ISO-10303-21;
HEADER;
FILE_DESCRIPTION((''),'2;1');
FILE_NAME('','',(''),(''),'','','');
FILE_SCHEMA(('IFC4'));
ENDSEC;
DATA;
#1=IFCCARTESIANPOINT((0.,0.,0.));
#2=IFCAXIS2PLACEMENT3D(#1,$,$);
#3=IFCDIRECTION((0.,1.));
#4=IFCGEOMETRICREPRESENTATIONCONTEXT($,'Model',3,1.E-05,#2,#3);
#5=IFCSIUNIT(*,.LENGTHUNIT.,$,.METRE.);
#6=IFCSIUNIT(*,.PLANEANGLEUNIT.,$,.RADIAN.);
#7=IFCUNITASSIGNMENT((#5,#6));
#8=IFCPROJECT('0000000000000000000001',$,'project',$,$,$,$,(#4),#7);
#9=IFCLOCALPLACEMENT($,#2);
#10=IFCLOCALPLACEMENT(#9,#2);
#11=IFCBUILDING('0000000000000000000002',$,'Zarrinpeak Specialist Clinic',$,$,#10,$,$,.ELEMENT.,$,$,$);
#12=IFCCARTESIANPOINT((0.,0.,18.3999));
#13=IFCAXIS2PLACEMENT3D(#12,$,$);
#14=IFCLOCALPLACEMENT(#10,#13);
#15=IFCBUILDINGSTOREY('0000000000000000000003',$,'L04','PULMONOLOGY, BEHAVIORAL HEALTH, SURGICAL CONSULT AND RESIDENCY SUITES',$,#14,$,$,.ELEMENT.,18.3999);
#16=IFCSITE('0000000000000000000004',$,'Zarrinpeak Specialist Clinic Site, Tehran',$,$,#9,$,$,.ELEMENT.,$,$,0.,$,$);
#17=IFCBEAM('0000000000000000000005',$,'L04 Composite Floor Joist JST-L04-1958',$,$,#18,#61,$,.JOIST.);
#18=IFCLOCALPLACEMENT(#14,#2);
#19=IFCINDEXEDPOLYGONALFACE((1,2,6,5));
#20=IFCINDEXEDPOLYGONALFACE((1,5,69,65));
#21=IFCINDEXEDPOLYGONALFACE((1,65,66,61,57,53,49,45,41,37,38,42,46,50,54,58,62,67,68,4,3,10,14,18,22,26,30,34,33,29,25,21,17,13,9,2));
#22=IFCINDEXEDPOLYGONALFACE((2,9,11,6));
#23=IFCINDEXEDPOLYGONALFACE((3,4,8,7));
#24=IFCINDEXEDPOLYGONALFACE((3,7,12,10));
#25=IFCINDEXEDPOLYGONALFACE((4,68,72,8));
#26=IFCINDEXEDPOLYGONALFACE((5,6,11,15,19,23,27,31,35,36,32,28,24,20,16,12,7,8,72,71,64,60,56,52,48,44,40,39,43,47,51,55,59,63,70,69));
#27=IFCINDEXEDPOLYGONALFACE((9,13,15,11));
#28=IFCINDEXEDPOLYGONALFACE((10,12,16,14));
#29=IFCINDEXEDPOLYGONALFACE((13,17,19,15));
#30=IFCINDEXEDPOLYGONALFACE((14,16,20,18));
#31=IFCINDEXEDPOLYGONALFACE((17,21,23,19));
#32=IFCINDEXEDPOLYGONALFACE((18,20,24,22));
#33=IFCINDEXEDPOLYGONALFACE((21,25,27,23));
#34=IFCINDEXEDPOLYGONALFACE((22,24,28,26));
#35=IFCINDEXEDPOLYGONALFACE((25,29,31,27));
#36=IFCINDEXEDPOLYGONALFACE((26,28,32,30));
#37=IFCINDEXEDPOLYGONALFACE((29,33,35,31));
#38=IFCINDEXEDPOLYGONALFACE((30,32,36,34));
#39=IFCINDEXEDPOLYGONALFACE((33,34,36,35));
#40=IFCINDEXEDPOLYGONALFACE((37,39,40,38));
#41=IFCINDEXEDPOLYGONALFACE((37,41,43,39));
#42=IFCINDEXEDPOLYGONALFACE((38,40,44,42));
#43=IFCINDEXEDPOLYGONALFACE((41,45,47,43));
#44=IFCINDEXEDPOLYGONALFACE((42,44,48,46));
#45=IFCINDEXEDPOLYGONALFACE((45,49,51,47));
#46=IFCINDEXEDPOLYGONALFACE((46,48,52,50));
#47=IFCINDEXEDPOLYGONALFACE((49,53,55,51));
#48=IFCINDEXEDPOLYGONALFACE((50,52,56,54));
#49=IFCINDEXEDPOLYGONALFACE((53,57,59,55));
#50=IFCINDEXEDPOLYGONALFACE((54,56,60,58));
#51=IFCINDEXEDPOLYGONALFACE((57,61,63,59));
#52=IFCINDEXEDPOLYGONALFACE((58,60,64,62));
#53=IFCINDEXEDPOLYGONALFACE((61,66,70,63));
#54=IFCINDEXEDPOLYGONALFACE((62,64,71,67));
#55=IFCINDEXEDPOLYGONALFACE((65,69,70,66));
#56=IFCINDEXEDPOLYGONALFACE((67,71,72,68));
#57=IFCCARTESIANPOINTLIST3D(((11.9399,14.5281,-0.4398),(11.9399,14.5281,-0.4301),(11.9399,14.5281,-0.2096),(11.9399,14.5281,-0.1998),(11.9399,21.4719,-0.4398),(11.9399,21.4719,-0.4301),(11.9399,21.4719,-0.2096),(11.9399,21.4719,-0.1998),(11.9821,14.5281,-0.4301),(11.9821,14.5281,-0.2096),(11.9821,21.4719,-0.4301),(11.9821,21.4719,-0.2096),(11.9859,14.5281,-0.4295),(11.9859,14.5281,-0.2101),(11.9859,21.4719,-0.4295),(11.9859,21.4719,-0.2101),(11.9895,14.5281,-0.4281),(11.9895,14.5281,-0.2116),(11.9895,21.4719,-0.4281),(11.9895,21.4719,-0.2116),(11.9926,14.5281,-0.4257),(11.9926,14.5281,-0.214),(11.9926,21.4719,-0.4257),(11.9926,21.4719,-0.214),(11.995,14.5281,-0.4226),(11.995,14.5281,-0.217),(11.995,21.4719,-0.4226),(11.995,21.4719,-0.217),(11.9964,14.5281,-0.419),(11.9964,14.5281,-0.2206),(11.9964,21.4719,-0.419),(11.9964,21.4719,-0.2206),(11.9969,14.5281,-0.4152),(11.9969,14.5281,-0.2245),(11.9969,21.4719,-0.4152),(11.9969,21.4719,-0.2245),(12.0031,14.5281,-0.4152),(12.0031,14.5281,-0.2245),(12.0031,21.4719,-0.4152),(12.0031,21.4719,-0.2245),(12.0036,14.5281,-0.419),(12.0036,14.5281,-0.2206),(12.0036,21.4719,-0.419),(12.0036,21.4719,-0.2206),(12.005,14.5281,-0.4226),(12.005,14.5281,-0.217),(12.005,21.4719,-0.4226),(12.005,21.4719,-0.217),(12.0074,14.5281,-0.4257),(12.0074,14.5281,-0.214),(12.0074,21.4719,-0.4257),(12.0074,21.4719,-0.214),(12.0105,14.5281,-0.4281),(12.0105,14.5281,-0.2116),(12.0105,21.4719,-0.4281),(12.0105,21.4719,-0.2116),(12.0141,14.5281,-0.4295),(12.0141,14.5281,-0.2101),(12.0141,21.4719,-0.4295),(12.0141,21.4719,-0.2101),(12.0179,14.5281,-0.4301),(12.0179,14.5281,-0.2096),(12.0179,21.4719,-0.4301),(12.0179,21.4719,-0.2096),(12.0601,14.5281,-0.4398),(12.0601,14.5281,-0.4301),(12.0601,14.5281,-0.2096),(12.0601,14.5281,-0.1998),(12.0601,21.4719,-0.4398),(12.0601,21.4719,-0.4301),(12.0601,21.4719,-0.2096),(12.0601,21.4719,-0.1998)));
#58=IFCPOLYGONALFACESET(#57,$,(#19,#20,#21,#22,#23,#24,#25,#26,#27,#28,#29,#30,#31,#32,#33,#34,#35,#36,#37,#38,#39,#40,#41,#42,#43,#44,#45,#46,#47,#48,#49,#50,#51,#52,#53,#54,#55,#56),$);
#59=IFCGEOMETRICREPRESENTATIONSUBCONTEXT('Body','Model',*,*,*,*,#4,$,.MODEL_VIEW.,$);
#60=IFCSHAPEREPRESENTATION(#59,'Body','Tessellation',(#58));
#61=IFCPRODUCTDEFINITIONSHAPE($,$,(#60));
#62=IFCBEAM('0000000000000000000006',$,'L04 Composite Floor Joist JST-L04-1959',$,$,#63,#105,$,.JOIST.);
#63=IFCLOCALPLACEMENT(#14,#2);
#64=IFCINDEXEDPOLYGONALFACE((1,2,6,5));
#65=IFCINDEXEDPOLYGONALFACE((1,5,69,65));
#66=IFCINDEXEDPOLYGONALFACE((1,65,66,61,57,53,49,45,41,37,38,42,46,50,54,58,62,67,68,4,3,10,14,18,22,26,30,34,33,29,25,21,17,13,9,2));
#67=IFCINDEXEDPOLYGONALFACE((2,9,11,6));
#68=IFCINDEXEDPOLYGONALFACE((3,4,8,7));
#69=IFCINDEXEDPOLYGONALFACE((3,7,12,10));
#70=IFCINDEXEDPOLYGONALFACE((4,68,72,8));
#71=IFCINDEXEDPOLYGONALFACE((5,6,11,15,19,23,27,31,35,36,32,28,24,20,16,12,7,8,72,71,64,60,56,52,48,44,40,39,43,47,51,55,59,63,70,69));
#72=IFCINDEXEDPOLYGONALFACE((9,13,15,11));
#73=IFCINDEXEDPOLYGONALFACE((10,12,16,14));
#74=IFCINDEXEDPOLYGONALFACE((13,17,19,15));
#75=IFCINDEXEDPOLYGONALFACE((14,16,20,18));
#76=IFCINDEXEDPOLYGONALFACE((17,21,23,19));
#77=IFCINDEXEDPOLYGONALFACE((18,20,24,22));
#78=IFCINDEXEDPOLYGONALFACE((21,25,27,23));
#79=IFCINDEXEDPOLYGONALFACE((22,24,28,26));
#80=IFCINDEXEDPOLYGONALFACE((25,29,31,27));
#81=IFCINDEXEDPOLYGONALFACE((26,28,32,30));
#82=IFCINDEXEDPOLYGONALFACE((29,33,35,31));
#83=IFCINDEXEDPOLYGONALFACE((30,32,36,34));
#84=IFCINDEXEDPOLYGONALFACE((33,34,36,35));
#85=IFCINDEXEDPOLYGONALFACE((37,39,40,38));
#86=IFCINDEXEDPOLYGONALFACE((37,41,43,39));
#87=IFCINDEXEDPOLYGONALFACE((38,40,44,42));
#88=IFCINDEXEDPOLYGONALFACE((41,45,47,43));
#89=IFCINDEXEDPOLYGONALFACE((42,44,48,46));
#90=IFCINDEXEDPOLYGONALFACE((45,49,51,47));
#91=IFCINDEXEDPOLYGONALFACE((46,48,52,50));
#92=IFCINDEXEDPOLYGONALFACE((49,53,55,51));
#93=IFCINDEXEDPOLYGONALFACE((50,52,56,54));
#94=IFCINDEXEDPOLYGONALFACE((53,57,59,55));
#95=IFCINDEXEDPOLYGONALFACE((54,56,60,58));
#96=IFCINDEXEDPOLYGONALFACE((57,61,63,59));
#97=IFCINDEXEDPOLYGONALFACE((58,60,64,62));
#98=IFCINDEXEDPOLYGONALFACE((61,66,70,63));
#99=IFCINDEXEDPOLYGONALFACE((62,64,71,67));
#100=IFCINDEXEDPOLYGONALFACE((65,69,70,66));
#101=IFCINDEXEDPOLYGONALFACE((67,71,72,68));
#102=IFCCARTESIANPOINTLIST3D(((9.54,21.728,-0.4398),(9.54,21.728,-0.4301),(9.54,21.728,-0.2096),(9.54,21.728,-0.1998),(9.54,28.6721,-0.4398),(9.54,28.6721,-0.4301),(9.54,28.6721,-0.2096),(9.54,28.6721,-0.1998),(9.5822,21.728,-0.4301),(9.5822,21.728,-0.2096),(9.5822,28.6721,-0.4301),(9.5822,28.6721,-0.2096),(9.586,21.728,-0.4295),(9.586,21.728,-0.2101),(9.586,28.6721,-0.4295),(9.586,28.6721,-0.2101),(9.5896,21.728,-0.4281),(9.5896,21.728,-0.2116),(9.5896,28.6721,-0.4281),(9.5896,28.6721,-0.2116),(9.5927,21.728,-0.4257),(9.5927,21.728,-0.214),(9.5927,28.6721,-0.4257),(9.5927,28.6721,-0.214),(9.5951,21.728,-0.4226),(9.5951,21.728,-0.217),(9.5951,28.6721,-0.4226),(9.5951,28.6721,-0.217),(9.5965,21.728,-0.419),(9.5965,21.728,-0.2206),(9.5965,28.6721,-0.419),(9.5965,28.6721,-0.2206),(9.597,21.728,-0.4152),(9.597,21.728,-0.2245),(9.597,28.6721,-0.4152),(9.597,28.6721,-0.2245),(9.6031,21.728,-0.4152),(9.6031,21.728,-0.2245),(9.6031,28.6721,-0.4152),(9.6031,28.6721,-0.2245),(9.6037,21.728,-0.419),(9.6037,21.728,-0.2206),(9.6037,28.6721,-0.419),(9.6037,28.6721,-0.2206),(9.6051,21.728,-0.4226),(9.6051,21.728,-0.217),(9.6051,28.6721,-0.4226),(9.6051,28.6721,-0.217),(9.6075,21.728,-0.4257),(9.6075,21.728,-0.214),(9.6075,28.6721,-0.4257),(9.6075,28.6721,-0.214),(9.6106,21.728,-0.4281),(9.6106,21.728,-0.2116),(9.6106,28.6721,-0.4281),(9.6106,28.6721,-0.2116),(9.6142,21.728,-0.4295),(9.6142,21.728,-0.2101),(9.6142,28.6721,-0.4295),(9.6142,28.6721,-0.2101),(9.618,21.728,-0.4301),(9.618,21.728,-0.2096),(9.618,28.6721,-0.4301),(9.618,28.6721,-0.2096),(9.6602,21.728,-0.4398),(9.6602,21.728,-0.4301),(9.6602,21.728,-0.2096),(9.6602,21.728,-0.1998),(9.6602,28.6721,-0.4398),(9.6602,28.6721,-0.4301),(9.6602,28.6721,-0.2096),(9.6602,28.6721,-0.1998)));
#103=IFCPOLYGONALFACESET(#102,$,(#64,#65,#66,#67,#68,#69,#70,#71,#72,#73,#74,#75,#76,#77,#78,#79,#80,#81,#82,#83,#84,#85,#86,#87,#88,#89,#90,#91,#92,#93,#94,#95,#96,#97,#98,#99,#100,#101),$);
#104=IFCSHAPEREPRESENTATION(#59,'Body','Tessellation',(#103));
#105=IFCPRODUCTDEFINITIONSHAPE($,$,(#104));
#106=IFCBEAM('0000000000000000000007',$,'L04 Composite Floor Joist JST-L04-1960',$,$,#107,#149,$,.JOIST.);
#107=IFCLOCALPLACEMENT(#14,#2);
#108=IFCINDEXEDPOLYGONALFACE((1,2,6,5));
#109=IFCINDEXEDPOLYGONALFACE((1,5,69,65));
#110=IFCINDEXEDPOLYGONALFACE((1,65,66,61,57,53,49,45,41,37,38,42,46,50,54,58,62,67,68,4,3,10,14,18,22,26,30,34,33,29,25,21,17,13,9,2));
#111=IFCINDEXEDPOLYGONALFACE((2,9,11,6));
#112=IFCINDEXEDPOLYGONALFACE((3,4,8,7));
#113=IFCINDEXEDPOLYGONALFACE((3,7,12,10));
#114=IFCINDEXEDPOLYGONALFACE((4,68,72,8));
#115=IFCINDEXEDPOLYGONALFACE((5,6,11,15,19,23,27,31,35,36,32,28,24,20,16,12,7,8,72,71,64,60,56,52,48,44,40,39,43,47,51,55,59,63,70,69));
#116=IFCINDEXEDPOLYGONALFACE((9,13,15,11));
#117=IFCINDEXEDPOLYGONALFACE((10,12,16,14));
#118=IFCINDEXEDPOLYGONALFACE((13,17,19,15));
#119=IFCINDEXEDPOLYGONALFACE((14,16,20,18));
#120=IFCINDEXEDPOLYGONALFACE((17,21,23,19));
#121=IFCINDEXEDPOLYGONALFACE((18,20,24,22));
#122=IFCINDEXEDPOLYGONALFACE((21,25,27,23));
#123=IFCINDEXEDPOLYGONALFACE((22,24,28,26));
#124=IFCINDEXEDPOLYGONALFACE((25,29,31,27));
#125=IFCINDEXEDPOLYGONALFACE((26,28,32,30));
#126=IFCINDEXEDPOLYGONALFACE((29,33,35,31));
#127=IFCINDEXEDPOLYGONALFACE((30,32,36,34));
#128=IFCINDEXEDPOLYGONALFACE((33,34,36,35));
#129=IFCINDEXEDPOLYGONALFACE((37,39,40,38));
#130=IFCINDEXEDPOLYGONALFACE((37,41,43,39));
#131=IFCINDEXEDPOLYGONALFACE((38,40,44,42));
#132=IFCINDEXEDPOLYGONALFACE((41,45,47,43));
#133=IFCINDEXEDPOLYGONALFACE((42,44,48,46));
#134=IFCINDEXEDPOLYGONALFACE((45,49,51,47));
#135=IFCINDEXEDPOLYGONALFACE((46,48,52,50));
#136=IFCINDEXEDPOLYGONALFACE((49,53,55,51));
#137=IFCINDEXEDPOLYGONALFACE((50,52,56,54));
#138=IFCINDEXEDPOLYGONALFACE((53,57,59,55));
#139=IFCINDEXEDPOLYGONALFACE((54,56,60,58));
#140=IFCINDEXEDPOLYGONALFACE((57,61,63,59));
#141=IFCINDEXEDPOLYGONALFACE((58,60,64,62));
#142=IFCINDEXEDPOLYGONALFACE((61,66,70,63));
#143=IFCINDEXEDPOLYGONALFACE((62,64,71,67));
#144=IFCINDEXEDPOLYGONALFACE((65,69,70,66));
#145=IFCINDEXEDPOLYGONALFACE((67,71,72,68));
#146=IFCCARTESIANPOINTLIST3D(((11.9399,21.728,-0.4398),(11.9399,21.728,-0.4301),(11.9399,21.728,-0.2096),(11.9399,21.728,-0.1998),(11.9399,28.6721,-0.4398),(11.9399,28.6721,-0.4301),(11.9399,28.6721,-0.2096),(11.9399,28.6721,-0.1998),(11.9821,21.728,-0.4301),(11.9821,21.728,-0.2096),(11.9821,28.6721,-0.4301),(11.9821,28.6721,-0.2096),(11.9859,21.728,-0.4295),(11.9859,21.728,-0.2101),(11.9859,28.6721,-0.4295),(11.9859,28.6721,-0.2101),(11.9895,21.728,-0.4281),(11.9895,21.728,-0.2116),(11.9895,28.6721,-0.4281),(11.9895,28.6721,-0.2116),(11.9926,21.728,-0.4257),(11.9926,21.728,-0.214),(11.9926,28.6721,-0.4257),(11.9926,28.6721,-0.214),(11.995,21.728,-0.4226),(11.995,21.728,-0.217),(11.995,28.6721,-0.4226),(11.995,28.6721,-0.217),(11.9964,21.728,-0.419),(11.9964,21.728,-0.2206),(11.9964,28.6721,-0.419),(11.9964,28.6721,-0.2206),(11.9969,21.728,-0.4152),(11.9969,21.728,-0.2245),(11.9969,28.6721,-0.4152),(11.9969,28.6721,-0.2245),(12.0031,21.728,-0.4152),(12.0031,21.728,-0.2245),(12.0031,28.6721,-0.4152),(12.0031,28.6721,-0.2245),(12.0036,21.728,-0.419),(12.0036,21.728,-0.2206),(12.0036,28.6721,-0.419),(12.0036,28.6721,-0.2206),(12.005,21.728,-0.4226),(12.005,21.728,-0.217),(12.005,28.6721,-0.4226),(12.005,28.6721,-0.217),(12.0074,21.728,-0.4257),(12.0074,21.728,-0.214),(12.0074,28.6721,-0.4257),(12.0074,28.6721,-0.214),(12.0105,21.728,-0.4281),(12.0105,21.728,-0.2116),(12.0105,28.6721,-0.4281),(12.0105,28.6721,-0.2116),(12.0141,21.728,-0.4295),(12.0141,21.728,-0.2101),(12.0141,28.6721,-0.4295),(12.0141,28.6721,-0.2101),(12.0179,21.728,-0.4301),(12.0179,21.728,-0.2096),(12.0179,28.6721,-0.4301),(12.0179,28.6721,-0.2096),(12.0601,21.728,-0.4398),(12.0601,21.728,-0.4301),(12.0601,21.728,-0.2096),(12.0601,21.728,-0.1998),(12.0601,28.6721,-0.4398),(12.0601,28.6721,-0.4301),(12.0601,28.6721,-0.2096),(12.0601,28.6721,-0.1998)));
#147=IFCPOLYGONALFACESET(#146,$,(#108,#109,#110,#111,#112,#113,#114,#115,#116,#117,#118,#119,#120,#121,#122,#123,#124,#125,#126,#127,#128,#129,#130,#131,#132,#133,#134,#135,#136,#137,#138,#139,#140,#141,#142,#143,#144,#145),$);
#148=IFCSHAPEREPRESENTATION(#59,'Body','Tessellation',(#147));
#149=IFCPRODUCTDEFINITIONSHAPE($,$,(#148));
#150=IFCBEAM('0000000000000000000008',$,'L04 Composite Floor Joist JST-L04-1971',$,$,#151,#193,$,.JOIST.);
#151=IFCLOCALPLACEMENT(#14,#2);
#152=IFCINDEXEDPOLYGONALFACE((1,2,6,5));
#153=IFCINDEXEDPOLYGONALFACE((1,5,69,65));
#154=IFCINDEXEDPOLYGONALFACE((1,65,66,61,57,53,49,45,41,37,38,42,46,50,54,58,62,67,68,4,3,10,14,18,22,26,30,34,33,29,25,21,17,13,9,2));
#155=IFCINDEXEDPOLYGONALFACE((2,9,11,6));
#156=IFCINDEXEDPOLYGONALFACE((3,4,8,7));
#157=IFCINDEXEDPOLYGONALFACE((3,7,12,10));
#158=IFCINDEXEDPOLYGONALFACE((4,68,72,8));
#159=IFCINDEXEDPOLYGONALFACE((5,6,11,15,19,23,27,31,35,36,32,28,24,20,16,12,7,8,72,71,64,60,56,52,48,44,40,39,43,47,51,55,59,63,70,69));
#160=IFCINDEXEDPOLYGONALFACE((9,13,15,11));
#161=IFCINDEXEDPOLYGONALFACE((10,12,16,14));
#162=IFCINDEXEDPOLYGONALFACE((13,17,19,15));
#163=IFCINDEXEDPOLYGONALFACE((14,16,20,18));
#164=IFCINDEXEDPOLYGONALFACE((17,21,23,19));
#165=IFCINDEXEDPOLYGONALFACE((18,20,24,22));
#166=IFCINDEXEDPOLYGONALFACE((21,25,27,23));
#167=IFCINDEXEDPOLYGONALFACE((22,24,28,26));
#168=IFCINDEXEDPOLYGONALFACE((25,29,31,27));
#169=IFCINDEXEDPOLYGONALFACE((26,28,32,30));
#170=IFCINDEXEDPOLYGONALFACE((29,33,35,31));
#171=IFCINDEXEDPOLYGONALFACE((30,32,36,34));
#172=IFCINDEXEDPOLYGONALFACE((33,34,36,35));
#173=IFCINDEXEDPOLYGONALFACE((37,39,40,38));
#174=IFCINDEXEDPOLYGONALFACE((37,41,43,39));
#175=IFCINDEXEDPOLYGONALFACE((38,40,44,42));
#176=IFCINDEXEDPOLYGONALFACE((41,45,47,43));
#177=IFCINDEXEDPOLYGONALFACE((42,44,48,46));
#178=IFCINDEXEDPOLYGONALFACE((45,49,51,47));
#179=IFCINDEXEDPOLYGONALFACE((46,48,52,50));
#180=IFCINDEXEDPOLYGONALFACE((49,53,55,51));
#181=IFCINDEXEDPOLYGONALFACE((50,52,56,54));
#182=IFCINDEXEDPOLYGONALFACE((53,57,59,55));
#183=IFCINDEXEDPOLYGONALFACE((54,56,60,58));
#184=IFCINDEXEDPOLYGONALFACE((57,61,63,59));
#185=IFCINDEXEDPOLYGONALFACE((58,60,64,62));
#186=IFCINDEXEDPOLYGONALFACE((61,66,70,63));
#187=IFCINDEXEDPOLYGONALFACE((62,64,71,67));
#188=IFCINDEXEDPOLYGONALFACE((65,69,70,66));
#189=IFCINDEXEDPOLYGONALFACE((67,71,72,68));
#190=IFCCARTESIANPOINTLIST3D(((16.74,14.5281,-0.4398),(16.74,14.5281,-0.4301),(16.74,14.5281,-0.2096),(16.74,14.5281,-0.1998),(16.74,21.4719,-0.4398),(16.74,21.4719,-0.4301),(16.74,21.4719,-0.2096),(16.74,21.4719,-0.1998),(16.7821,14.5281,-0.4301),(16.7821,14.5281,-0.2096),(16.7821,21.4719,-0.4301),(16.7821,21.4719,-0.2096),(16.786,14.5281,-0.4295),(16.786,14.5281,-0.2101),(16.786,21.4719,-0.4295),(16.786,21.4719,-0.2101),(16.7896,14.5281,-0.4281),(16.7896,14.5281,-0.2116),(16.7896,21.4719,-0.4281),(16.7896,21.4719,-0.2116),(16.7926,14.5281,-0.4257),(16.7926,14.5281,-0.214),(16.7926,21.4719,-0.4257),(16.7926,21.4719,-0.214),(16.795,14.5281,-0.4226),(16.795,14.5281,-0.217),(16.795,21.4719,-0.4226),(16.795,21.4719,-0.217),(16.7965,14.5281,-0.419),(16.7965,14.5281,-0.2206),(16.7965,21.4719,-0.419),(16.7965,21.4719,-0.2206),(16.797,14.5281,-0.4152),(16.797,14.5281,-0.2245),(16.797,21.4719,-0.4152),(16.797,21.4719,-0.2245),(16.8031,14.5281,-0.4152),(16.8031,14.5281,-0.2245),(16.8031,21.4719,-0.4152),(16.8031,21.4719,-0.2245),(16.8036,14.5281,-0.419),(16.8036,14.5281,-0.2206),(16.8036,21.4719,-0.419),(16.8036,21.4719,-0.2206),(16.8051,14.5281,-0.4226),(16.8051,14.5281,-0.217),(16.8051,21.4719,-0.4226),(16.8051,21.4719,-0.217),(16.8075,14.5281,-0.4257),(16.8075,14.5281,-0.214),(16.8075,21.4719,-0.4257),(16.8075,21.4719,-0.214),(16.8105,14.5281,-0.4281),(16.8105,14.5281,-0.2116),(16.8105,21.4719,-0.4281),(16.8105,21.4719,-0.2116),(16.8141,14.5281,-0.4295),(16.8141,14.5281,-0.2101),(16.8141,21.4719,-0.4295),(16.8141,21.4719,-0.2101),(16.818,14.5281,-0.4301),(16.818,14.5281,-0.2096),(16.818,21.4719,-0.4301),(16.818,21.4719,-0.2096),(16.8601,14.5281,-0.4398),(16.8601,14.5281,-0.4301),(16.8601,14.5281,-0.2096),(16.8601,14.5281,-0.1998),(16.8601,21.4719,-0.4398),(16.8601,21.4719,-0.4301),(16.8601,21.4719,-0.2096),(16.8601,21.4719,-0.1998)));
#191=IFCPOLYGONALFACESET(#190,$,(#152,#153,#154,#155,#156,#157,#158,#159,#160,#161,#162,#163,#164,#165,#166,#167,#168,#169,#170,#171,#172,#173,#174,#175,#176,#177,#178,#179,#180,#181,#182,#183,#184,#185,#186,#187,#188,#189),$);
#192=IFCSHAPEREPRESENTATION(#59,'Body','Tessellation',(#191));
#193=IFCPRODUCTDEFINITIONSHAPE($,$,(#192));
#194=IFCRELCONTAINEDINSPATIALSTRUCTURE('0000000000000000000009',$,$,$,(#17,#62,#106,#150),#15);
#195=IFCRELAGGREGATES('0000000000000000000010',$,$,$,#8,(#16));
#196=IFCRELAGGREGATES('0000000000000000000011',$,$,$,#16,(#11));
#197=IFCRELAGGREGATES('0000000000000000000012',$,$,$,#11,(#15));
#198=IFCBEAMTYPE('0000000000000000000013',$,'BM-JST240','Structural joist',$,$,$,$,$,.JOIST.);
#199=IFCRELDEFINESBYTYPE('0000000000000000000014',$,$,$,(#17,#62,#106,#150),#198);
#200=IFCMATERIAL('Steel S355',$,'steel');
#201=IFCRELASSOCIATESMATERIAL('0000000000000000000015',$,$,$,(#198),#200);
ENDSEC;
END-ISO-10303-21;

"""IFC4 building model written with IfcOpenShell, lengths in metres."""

from ifc_helpers import new_model, si_unit, direction, frame, origin, origin_2d, place, context, subcontext, project, spatial, i_section, extrude, material, material_profile, profile_set, type_object, element, save


model = new_model("IFC4")

# Units and contexts
model_context = context("Model", 3, precision=1e-05, world=origin(), true_north=direction((0.0, 1.0)))
body_context = subcontext(model_context, "Body", "Model", "MODEL_VIEW")
ifc_project = project(units=[si_unit("LENGTHUNIT", "METRE"), si_unit("PLANEANGLEUNIT", "RADIAN")], contexts=[model_context])

# Site, building, storey
site_placement = place(None, origin())
site = spatial("IfcSite", under=ifc_project, at=site_placement, Name="Zarrinpeak Specialist Clinic Site, Tehran", CompositionType="ELEMENT", RefElevation=0.0)
building_placement = place(site_placement, origin())
building = spatial("IfcBuilding", under=site, at=building_placement, Name="Zarrinpeak Specialist Clinic", CompositionType="ELEMENT")
storey_placement = place(building_placement, frame((0.0, 0.0, 18.3999)))
storey = spatial("IfcBuildingStorey", under=building, at=storey_placement, Name="L04", Description="PULMONOLOGY, BEHAVIORAL HEALTH, SURGICAL CONSULT AND RESIDENCY SUITES", CompositionType="ELEMENT", Elevation=18.3999)

# Shared definitions
ifc_material_1 = material(Name="Steel S355", Category="steel")

# Beams
ifc_material_profile_1 = material_profile(ifc_material_1, i_section(OverallWidth=0.1201, OverallDepth=0.24, WebThickness=0.0061, FlangeThickness=0.0098, FilletRadius=0.0149, at=origin_2d()), Name="IPE 240")
ifc_profile_set_1 = profile_set([ifc_material_profile_1], Name="Steel S355")
beam_type_1 = type_object("IfcBeamType", Name="BM-JST240", Description="Structural joist", PredefinedType="JOIST", material=ifc_profile_set_1)
for number, where, z_axis, x_axis, name in (
    (1, (12.0, 14.5281, -0.3198), (0.0, 1.0, 0.0), (-1.0, 0.0, 0.0), "L04 Composite Floor Joist JST-L04-1958"),
):
    element("IfcBeam", number, at=place(storey_placement, frame(where, z_axis=z_axis, x_axis=x_axis)), inside=storey, type_object=beam_type_1, Name=name, PredefinedType="JOIST", context=body_context, shape_type="SweptSolid", body=[
        extrude(i_section(OverallWidth=0.1201, OverallDepth=0.24, WebThickness=0.0061, FlangeThickness=0.0098, FilletRadius=0.0149, at=origin_2d()), origin(), (0.0, 0.0, 1.0), 6.9438),
    ])
for number, where, z_axis, x_axis, name in (
    (2, (9.6001, 21.728, -0.3198), (0.0, 1.0, 0.0), (-1.0, 0.0, 0.0), "L04 Composite Floor Joist JST-L04-1959"),
    (3, (12.0, 21.728, -0.3198), (0.0, 1.0, 0.0), (-1.0, 0.0, 0.0), "L04 Composite Floor Joist JST-L04-1960"),
):
    element("IfcBeam", number, at=place(storey_placement, frame(where, z_axis=z_axis, x_axis=x_axis)), inside=storey, type_object=beam_type_1, Name=name, PredefinedType="JOIST", context=body_context, shape_type="SweptSolid", body=[
        extrude(i_section(OverallWidth=0.1201, OverallDepth=0.24, WebThickness=0.0061, FlangeThickness=0.0098, FilletRadius=0.0149, at=origin_2d()), origin(), (0.0, 0.0, 1.0), 6.9441),
    ])
for number, where, z_axis, x_axis, name in (
    (4, (16.8, 14.5281, -0.3198), (0.0, 1.0, 0.0), (-1.0, 0.0, 0.0), "L04 Composite Floor Joist JST-L04-1971"),
):
    element("IfcBeam", number, at=place(storey_placement, frame(where, z_axis=z_axis, x_axis=x_axis)), inside=storey, type_object=beam_type_1, Name=name, PredefinedType="JOIST", context=body_context, shape_type="SweptSolid", body=[
        extrude(i_section(OverallWidth=0.1201, OverallDepth=0.24, WebThickness=0.0061, FlangeThickness=0.0098, FilletRadius=0.0149, at=origin_2d()), origin(), (0.0, 0.0, 1.0), 6.9438),
    ])

save(model, "model.ifc")
